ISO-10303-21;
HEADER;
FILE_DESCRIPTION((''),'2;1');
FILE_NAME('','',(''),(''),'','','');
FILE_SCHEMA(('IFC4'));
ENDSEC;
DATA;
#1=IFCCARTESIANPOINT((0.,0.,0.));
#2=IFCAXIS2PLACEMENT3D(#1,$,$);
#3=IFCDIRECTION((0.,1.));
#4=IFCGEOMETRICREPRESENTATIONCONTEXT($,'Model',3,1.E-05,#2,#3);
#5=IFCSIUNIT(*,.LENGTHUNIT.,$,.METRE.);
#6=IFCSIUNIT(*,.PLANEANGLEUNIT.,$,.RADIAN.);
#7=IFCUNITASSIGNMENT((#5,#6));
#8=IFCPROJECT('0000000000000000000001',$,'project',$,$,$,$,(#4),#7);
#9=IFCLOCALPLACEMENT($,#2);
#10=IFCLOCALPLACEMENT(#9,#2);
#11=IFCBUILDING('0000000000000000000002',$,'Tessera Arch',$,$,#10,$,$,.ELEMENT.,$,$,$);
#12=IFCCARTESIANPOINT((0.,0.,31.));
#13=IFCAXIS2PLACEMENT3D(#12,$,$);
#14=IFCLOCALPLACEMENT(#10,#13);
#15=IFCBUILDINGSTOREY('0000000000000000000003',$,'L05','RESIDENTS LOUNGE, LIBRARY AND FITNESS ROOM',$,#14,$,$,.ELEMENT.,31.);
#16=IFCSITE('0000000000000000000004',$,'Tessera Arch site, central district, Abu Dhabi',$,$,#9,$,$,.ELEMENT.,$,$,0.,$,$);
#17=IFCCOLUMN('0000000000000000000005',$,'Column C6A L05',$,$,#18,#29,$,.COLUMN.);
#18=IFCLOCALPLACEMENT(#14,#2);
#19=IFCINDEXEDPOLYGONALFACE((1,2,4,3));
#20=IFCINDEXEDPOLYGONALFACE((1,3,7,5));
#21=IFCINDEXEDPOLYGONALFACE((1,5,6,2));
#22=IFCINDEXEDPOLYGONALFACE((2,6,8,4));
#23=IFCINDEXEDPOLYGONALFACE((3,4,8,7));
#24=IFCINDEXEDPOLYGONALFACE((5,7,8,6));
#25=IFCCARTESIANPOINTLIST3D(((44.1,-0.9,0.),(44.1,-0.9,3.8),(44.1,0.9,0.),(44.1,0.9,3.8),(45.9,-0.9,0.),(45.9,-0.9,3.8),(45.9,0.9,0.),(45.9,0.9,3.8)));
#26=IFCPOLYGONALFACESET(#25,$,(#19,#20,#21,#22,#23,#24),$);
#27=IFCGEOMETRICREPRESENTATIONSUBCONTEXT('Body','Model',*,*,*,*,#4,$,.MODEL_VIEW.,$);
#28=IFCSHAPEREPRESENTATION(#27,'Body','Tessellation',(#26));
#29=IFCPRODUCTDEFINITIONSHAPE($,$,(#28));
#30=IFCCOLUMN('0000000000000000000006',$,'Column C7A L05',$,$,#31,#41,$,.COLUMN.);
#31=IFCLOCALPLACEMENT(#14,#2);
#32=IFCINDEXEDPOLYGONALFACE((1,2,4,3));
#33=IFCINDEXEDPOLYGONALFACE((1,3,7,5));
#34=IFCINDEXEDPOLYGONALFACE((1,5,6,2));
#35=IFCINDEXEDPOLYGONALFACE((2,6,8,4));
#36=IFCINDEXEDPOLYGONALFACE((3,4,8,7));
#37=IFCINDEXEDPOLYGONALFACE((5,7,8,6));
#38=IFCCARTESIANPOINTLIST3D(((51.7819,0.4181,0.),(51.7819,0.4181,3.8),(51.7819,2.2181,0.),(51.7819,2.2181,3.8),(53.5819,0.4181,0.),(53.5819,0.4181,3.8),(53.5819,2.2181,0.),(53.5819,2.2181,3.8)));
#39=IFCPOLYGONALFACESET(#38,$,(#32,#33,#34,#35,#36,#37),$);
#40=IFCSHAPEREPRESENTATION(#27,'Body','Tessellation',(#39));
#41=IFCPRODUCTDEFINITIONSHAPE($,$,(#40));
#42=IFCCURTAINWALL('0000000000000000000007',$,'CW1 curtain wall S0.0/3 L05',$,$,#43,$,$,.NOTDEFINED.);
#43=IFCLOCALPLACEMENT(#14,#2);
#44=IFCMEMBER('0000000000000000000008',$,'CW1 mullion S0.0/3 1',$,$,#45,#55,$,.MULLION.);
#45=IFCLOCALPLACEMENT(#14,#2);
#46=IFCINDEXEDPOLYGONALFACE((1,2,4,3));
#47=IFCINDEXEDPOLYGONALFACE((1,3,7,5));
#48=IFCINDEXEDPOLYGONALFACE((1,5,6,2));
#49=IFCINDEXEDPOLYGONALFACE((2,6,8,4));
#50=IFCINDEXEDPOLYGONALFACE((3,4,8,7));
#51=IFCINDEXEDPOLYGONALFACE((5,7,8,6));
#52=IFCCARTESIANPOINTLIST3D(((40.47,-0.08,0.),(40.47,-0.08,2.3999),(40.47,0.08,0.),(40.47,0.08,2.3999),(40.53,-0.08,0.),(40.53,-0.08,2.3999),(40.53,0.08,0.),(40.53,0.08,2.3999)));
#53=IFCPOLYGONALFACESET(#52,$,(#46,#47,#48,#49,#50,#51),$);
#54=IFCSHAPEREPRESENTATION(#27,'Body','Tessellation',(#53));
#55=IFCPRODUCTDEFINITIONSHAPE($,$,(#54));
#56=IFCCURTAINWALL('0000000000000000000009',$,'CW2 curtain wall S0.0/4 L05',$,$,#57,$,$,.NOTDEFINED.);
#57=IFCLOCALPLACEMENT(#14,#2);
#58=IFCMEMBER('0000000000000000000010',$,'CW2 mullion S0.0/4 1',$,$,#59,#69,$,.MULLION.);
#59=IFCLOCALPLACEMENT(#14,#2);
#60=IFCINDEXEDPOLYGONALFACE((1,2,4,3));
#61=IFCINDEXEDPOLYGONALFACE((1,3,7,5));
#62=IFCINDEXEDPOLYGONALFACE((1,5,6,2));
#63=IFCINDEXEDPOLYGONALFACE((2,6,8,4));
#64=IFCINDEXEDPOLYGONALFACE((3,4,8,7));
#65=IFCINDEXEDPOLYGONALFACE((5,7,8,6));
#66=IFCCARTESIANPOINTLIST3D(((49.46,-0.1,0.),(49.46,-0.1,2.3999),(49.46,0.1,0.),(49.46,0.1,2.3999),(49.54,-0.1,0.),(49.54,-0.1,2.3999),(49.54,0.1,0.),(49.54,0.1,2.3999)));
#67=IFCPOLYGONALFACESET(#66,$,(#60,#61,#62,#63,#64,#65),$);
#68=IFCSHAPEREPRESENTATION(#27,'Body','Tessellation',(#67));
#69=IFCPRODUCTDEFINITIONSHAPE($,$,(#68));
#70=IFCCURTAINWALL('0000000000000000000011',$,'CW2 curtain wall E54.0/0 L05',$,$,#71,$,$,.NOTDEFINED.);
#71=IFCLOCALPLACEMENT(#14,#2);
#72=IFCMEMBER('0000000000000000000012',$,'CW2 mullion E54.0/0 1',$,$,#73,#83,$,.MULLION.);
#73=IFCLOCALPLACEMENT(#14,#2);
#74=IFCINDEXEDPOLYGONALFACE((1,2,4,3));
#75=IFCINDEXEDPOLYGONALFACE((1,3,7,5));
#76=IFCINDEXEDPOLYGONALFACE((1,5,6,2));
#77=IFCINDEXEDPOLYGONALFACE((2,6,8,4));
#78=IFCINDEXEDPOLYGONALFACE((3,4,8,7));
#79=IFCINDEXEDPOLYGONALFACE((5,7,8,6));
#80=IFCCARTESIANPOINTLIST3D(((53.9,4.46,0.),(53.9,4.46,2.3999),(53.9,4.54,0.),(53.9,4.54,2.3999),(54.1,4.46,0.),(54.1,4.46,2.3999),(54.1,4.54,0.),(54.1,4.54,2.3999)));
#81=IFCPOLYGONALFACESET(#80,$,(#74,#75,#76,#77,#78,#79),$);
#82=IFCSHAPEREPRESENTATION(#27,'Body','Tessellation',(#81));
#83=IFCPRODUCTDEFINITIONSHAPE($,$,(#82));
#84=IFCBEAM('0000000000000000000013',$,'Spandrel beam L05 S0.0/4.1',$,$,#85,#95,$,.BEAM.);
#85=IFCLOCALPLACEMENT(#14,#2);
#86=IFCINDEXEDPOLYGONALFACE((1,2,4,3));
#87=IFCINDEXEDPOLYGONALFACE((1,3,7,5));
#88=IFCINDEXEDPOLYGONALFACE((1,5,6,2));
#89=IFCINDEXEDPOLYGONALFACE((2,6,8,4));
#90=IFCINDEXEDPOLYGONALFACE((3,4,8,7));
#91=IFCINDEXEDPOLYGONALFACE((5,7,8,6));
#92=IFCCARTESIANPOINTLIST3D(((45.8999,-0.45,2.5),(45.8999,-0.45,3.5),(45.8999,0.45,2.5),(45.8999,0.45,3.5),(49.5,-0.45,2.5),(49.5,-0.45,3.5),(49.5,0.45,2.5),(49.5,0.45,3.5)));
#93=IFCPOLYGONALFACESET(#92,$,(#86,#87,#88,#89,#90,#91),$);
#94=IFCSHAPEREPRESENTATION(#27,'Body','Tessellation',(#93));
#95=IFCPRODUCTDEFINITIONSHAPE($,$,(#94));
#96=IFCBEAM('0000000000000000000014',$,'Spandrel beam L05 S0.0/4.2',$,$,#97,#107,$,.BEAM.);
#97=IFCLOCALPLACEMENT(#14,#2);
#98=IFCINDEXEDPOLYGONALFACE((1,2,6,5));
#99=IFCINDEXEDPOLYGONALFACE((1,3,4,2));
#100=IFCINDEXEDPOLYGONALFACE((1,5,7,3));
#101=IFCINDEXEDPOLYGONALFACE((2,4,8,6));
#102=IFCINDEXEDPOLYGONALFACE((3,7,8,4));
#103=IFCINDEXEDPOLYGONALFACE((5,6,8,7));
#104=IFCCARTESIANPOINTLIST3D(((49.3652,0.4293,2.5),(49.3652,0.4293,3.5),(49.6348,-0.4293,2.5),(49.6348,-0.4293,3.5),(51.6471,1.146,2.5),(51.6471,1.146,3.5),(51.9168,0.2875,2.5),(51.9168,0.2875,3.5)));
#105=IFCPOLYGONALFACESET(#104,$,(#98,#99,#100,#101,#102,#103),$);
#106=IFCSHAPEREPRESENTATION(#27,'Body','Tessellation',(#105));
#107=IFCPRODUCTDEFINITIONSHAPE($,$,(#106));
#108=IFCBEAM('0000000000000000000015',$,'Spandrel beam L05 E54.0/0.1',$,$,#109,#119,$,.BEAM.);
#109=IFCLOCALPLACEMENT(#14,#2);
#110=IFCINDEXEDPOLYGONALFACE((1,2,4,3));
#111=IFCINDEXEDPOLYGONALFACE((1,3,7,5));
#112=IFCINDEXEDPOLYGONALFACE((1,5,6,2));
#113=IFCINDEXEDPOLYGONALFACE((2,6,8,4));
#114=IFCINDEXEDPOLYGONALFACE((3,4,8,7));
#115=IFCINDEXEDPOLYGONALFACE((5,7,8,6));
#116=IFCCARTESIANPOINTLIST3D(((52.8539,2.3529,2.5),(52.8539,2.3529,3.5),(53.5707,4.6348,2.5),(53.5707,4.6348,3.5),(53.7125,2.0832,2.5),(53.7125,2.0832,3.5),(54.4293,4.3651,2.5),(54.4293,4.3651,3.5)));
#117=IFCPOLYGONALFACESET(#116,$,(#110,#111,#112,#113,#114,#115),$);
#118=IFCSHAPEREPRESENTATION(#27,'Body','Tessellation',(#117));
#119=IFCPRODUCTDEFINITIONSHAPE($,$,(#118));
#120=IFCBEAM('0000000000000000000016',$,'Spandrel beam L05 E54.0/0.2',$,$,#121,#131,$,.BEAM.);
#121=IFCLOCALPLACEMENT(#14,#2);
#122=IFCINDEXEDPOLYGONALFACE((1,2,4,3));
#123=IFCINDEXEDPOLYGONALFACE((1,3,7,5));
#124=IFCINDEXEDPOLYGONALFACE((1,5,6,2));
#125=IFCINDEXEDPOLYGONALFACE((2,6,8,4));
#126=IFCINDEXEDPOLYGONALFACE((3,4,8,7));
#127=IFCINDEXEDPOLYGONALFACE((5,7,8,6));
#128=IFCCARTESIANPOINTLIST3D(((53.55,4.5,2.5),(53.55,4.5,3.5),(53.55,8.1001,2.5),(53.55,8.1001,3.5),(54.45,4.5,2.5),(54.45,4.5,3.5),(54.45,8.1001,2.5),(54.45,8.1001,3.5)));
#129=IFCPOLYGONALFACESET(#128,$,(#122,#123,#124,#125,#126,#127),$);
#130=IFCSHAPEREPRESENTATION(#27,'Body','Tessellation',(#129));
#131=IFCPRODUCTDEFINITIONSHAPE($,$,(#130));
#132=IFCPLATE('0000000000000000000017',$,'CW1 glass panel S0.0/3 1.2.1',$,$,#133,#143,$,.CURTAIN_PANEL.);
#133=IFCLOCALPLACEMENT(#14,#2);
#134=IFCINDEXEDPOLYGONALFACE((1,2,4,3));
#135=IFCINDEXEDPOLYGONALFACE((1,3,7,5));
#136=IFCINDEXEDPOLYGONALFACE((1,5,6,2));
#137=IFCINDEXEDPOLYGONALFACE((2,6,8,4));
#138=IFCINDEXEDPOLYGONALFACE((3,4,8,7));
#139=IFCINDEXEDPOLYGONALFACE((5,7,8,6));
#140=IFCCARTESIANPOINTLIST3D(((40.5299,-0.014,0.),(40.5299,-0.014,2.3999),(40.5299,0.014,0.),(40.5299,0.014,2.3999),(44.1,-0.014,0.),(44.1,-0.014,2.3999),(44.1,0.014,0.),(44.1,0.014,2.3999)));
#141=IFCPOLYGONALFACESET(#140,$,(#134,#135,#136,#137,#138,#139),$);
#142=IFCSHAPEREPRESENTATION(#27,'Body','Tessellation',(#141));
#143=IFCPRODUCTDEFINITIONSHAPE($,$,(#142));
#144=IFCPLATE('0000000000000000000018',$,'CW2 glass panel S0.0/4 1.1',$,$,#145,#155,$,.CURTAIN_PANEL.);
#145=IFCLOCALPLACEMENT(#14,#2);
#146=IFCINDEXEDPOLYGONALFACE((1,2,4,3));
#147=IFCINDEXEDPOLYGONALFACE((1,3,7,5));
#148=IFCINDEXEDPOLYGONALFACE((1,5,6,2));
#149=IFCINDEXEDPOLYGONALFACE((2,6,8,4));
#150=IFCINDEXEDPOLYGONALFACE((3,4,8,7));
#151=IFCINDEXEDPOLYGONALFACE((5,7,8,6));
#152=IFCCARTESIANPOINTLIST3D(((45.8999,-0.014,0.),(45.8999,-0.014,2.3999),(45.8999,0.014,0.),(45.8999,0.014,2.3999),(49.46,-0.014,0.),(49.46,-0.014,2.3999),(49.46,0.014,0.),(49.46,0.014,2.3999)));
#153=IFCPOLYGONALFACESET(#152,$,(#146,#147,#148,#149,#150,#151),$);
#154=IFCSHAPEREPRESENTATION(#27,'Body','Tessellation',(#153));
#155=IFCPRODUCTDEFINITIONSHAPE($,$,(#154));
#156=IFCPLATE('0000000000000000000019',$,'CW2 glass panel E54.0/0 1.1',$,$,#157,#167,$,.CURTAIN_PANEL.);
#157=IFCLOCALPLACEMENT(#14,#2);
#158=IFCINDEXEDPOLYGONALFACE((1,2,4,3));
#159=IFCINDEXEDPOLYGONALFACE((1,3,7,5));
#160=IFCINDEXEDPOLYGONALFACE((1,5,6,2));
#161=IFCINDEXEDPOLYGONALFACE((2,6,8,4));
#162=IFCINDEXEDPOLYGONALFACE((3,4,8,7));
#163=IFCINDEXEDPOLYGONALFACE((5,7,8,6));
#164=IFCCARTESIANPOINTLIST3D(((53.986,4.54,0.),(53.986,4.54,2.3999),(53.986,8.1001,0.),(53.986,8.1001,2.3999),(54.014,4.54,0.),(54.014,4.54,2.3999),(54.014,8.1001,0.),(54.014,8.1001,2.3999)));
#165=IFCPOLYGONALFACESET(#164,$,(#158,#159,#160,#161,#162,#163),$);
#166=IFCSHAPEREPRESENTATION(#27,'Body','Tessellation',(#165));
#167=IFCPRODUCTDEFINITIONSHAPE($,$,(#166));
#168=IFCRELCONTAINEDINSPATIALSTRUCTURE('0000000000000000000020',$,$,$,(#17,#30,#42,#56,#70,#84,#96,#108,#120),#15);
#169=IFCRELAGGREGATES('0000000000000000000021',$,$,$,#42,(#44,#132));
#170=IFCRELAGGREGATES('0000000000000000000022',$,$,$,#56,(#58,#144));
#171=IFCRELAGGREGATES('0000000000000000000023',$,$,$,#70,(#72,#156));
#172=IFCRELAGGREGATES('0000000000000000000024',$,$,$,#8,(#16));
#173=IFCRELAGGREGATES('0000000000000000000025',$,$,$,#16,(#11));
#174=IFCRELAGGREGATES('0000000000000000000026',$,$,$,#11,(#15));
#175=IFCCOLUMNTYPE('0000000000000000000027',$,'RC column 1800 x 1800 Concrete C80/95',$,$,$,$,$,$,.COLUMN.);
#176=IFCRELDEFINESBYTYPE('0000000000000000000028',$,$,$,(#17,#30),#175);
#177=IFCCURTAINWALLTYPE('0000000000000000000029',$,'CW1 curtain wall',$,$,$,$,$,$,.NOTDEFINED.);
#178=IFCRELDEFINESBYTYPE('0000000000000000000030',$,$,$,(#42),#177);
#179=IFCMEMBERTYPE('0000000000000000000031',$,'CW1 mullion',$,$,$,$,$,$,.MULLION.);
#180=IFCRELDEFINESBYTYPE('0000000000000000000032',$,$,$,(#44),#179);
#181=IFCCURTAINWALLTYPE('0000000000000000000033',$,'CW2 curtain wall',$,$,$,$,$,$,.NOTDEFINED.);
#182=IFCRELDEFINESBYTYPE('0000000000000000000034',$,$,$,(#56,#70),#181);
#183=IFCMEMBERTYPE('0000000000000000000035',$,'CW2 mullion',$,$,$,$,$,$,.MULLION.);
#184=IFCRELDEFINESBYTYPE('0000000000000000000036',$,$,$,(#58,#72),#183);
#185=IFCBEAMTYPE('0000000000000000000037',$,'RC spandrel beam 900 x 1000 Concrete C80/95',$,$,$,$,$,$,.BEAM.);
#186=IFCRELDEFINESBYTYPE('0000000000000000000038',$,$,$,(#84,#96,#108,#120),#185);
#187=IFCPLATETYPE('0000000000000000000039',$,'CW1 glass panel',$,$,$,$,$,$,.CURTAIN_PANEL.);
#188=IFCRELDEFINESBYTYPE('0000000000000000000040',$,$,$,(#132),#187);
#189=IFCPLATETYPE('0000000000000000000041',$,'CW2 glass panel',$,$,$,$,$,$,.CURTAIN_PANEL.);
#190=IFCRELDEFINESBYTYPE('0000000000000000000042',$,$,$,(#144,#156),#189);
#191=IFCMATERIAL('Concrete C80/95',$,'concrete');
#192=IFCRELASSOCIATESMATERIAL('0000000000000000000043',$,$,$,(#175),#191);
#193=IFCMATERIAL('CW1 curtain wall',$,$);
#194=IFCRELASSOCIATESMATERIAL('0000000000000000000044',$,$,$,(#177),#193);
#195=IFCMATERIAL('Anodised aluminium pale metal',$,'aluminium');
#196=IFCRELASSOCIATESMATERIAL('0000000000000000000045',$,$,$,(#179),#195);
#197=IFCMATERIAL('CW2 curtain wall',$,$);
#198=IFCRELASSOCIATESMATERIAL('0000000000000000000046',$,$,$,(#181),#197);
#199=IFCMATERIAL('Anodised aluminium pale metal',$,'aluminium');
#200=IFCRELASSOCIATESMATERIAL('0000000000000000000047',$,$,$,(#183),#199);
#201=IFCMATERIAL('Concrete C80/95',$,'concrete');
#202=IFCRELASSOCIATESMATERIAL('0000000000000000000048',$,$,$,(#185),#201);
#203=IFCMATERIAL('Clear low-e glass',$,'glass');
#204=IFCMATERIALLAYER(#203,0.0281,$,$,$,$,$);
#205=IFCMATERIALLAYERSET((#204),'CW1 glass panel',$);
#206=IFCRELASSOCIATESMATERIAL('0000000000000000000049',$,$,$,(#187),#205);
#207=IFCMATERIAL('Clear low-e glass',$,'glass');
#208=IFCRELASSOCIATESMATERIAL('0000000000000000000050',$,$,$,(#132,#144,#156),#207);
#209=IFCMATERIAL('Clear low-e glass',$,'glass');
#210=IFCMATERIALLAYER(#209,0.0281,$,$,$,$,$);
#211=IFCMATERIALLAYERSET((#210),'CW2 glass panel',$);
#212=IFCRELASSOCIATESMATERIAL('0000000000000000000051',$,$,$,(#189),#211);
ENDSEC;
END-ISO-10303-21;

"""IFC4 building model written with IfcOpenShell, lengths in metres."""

from ifc_helpers import new_model, si_unit, direction, frame, origin, origin_2d, place, context, subcontext, project, spatial, rectangle, extrude, material, layer, layer_set, material_profile, profile_set, type_object, element, aggregate, save


model = new_model("IFC4")

# Units and contexts
model_context = context("Model", 3, precision=1e-05, world=origin(), true_north=direction((0.0, 1.0)))
body_context = subcontext(model_context, "Body", "Model", "MODEL_VIEW")
ifc_project = project(units=[si_unit("LENGTHUNIT", "METRE"), si_unit("PLANEANGLEUNIT", "RADIAN")], contexts=[model_context])

# Site, building, storey
site_placement = place(None, origin())
site = spatial("IfcSite", under=ifc_project, at=site_placement, Name="Tessera Arch site, central district, Abu Dhabi", CompositionType="ELEMENT", RefElevation=0.0)
building_placement = place(site_placement, origin())
building = spatial("IfcBuilding", under=site, at=building_placement, Name="Tessera Arch", CompositionType="ELEMENT")
storey_placement = place(building_placement, frame((0.0, 0.0, 31.0)))
storey = spatial("IfcBuildingStorey", under=building, at=storey_placement, Name="L05", Description="RESIDENTS LOUNGE, LIBRARY AND FITNESS ROOM", CompositionType="ELEMENT", Elevation=31.0)

# Columns
ifc_material_1 = material(Name="Concrete C80/95", Category="concrete")
ifc_material_profile_1 = material_profile(ifc_material_1, rectangle(XDim=1.8, YDim=1.8, at=origin_2d()), Name="RC column 1800 x 1800 Concrete C80/95")
ifc_profile_set_1 = profile_set([ifc_material_profile_1], Name="Concrete C80/95")
column_type = type_object("IfcColumnType", Name="RC column 1800 x 1800 Concrete C80/95", PredefinedType="COLUMN", material=ifc_profile_set_1)
for number, where, z_axis, x_axis, name in (
    (1, (45.0, 0.0, 0.0), (0.0, 0.0, 1.0), (1.0, 0.0, 0.0), "Column C6A L05"),
    (2, (52.6819, 1.3181, 0.0), (0.0, 0.0, 1.0), (1.0, 0.0, 0.0), "Column C7A L05"),
):
    element("IfcColumn", number, at=place(storey_placement, frame(where, z_axis=z_axis, x_axis=x_axis)), inside=storey, type_object=column_type, Name=name, PredefinedType="COLUMN", context=body_context, shape_type="SweptSolid", body=[
        extrude(rectangle(XDim=1.8, YDim=1.8, at=origin_2d()), origin(), (0.0, 0.0, 1.0), 3.8),
    ])

# Curtain walls, members
ifc_material_2 = material(Name="CW1 curtain wall")
curtain_wall_type_1 = type_object("IfcCurtainWallType", Name="CW1 curtain wall", PredefinedType="NOTDEFINED", material=ifc_material_2)
curtain_wall_1_placement = place(storey_placement, origin())
curtain_wall_1 = element("IfcCurtainWall", 3, at=curtain_wall_1_placement, inside=storey, type_object=curtain_wall_type_1, Name="CW1 curtain wall S0.0/3 L05", PredefinedType="NOTDEFINED")
ifc_material_3 = material(Name="Anodised aluminium pale metal", Category="aluminium")
ifc_material_profile_2 = material_profile(ifc_material_3, rectangle(XDim=0.1599, YDim=0.0601, at=origin_2d()), Name="AL 60x160")
ifc_profile_set_2 = profile_set([ifc_material_profile_2], Name="Anodised aluminium pale metal")
member_type_1 = type_object("IfcMemberType", Name="CW1 mullion", PredefinedType="MULLION", material=ifc_profile_set_2)
member_1_placement = place(storey_placement, frame((40.5, 0.0, 0.0), z_axis=(0.0, 0.0, 1.0), x_axis=(0.0, 1.0, 0.0)))
member_1 = element("IfcMember", 4, at=member_1_placement, type_object=member_type_1, Name="CW1 mullion S0.0/3 1", PredefinedType="MULLION", context=body_context, shape_type="SweptSolid", body=[
    extrude(rectangle(XDim=0.1599, YDim=0.0601, at=origin_2d()), origin(), (0.0, 0.0, 1.0), 2.3999),
])
ifc_material_4 = material(Name="CW2 curtain wall")
curtain_wall_type_2 = type_object("IfcCurtainWallType", Name="CW2 curtain wall", PredefinedType="NOTDEFINED", material=ifc_material_4)
curtain_wall_2_placement = place(storey_placement, origin())
curtain_wall_2 = element("IfcCurtainWall", 5, at=curtain_wall_2_placement, inside=storey, type_object=curtain_wall_type_2, Name="CW2 curtain wall S0.0/4 L05", PredefinedType="NOTDEFINED")
ifc_material_5 = material(Name="Anodised aluminium pale metal", Category="aluminium")
ifc_material_profile_3 = material_profile(ifc_material_5, rectangle(XDim=0.2, YDim=0.0801, at=origin_2d()), Name="AL 80x200")
ifc_profile_set_3 = profile_set([ifc_material_profile_3], Name="Anodised aluminium pale metal")
member_type_2 = type_object("IfcMemberType", Name="CW2 mullion", PredefinedType="MULLION", material=ifc_profile_set_3)
member_2_placement = place(storey_placement, frame((49.5, 0.0, 0.0), z_axis=(0.0, 0.0, 1.0), x_axis=(0.0, 1.0, 0.0)))
member_2 = element("IfcMember", 6, at=member_2_placement, type_object=member_type_2, Name="CW2 mullion S0.0/4 1", PredefinedType="MULLION", context=body_context, shape_type="SweptSolid", body=[
    extrude(rectangle(XDim=0.2, YDim=0.0801, at=origin_2d()), origin(), (0.0, 0.0, 1.0), 2.3999),
])
curtain_wall_3_placement = place(storey_placement, origin())
curtain_wall_3 = element("IfcCurtainWall", 7, at=curtain_wall_3_placement, inside=storey, type_object=curtain_wall_type_2, Name="CW2 curtain wall E54.0/0 L05", PredefinedType="NOTDEFINED")
member_3_placement = place(storey_placement, frame((54.0, 4.5, 0.0), z_axis=(0.0, 0.0, 1.0), x_axis=(-1.0, 0.0, 0.0)))
member_3 = element("IfcMember", 8, at=member_3_placement, type_object=member_type_2, Name="CW2 mullion E54.0/0 1", PredefinedType="MULLION", context=body_context, shape_type="SweptSolid", body=[
    extrude(rectangle(XDim=0.2, YDim=0.0801, at=origin_2d()), origin(), (0.0, 0.0, 1.0), 2.3999),
])

# Beams
ifc_material_6 = material(Name="Concrete C80/95", Category="concrete")
ifc_material_profile_4 = material_profile(ifc_material_6, rectangle(XDim=0.8999, YDim=1.0, at=origin_2d()), Name="RC spandrel beam 900 x 1000 Concrete C80/95")
ifc_profile_set_4 = profile_set([ifc_material_profile_4], Name="Concrete C80/95")
beam_type = type_object("IfcBeamType", Name="RC spandrel beam 900 x 1000 Concrete C80/95", PredefinedType="BEAM", material=ifc_profile_set_4)
beam_1_placement = place(storey_placement, frame((45.8999, 0.0, 3.0), z_axis=(1.0, 0.0, 0.0), x_axis=(0.0, 1.0, 0.0)))
element("IfcBeam", 9, at=beam_1_placement, inside=storey, type_object=beam_type, Name="Spandrel beam L05 S0.0/4.1", PredefinedType="BEAM", context=body_context, shape_type="SweptSolid", body=[
    extrude(rectangle(XDim=0.8999, YDim=1.0, at=origin_2d()), origin(), (0.0, 0.0, 1.0), 3.6001),
])
for number, where, z_axis, x_axis, name in (
    (10, (49.5, 0.0, 3.0), (0.954041, 0.299675, 0.0), (-0.299675, 0.954041, 0.0), "Spandrel beam L05 S0.0/4.2"),
    (11, (53.2832, 2.218, 3.0), (0.299675, 0.954041, 0.0), (-0.954041, 0.299675, 0.0), "Spandrel beam L05 E54.0/0.1"),
):
    element("IfcBeam", number, at=place(storey_placement, frame(where, z_axis=z_axis, x_axis=x_axis)), inside=storey, type_object=beam_type, Name=name, PredefinedType="BEAM", context=body_context, shape_type="SweptSolid", body=[
        extrude(rectangle(XDim=0.8999, YDim=1.0, at=origin_2d()), origin(), (0.0, 0.0, 1.0), 2.3918),
    ])
beam_2_placement = place(storey_placement, frame((54.0, 4.5, 3.0), z_axis=(0.0, 1.0, 0.0), x_axis=(-1.0, 0.0, 0.0)))
element("IfcBeam", 12, at=beam_2_placement, inside=storey, type_object=beam_type, Name="Spandrel beam L05 E54.0/0.2", PredefinedType="BEAM", context=body_context, shape_type="SweptSolid", body=[
    extrude(rectangle(XDim=0.8999, YDim=1.0, at=origin_2d()), origin(), (0.0, 0.0, 1.0), 3.6001),
])

# Plates
ifc_material_7 = material(Name="Clear low-e glass", Category="glass")
ifc_material_8 = material(Name="Clear low-e glass", Category="glass")
ifc_layer_1 = layer(ifc_material_8, 0.0281)
ifc_layer_set_1 = layer_set([ifc_layer_1], Name="CW1 glass panel")
plate_type_1 = type_object("IfcPlateType", Name="CW1 glass panel", PredefinedType="CURTAIN_PANEL", material=ifc_layer_set_1)
plate_1_placement = place(storey_placement, frame((42.3149, 0.0, 0.0), z_axis=(0.0, 0.0, 1.0), x_axis=(1.0, 0.0, 0.0)))
plate_1 = element("IfcPlate", 13, at=plate_1_placement, type_object=plate_type_1, material=ifc_material_7, Name="CW1 glass panel S0.0/3 1.2.1", PredefinedType="CURTAIN_PANEL", context=body_context, shape_type="SweptSolid", body=[
    extrude(rectangle(XDim=3.5701, YDim=0.0281, at=origin_2d()), origin(), (0.0, 0.0, 1.0), 2.3999),
])
aggregate(curtain_wall_1, [member_1, plate_1])
ifc_material_9 = material(Name="Clear low-e glass", Category="glass")
ifc_layer_2 = layer(ifc_material_9, 0.0281)
ifc_layer_set_2 = layer_set([ifc_layer_2], Name="CW2 glass panel")
plate_type_2 = type_object("IfcPlateType", Name="CW2 glass panel", PredefinedType="CURTAIN_PANEL", material=ifc_layer_set_2)
plate_2_placement = place(storey_placement, frame((47.6799, 0.0, 0.0), z_axis=(0.0, 0.0, 1.0), x_axis=(1.0, 0.0, 0.0)))
plate_2 = element("IfcPlate", 14, at=plate_2_placement, type_object=plate_type_2, material=ifc_material_7, Name="CW2 glass panel S0.0/4 1.1", PredefinedType="CURTAIN_PANEL", context=body_context, shape_type="SweptSolid", body=[
    extrude(rectangle(XDim=3.5601, YDim=0.0281, at=origin_2d()), origin(), (0.0, 0.0, 1.0), 2.3999),
])
aggregate(curtain_wall_2, [member_2, plate_2])
plate_3_placement = place(storey_placement, frame((54.0, 6.3201, 0.0), z_axis=(0.0, 0.0, 1.0), x_axis=(0.0, 1.0, 0.0)))
plate_3 = element("IfcPlate", 15, at=plate_3_placement, type_object=plate_type_2, material=ifc_material_7, Name="CW2 glass panel E54.0/0 1.1", PredefinedType="CURTAIN_PANEL", context=body_context, shape_type="SweptSolid", body=[
    extrude(rectangle(XDim=3.5601, YDim=0.0281, at=origin_2d()), origin(), (0.0, 0.0, 1.0), 2.3999),
])
aggregate(curtain_wall_3, [member_3, plate_3])

save(model, "model.ifc")
